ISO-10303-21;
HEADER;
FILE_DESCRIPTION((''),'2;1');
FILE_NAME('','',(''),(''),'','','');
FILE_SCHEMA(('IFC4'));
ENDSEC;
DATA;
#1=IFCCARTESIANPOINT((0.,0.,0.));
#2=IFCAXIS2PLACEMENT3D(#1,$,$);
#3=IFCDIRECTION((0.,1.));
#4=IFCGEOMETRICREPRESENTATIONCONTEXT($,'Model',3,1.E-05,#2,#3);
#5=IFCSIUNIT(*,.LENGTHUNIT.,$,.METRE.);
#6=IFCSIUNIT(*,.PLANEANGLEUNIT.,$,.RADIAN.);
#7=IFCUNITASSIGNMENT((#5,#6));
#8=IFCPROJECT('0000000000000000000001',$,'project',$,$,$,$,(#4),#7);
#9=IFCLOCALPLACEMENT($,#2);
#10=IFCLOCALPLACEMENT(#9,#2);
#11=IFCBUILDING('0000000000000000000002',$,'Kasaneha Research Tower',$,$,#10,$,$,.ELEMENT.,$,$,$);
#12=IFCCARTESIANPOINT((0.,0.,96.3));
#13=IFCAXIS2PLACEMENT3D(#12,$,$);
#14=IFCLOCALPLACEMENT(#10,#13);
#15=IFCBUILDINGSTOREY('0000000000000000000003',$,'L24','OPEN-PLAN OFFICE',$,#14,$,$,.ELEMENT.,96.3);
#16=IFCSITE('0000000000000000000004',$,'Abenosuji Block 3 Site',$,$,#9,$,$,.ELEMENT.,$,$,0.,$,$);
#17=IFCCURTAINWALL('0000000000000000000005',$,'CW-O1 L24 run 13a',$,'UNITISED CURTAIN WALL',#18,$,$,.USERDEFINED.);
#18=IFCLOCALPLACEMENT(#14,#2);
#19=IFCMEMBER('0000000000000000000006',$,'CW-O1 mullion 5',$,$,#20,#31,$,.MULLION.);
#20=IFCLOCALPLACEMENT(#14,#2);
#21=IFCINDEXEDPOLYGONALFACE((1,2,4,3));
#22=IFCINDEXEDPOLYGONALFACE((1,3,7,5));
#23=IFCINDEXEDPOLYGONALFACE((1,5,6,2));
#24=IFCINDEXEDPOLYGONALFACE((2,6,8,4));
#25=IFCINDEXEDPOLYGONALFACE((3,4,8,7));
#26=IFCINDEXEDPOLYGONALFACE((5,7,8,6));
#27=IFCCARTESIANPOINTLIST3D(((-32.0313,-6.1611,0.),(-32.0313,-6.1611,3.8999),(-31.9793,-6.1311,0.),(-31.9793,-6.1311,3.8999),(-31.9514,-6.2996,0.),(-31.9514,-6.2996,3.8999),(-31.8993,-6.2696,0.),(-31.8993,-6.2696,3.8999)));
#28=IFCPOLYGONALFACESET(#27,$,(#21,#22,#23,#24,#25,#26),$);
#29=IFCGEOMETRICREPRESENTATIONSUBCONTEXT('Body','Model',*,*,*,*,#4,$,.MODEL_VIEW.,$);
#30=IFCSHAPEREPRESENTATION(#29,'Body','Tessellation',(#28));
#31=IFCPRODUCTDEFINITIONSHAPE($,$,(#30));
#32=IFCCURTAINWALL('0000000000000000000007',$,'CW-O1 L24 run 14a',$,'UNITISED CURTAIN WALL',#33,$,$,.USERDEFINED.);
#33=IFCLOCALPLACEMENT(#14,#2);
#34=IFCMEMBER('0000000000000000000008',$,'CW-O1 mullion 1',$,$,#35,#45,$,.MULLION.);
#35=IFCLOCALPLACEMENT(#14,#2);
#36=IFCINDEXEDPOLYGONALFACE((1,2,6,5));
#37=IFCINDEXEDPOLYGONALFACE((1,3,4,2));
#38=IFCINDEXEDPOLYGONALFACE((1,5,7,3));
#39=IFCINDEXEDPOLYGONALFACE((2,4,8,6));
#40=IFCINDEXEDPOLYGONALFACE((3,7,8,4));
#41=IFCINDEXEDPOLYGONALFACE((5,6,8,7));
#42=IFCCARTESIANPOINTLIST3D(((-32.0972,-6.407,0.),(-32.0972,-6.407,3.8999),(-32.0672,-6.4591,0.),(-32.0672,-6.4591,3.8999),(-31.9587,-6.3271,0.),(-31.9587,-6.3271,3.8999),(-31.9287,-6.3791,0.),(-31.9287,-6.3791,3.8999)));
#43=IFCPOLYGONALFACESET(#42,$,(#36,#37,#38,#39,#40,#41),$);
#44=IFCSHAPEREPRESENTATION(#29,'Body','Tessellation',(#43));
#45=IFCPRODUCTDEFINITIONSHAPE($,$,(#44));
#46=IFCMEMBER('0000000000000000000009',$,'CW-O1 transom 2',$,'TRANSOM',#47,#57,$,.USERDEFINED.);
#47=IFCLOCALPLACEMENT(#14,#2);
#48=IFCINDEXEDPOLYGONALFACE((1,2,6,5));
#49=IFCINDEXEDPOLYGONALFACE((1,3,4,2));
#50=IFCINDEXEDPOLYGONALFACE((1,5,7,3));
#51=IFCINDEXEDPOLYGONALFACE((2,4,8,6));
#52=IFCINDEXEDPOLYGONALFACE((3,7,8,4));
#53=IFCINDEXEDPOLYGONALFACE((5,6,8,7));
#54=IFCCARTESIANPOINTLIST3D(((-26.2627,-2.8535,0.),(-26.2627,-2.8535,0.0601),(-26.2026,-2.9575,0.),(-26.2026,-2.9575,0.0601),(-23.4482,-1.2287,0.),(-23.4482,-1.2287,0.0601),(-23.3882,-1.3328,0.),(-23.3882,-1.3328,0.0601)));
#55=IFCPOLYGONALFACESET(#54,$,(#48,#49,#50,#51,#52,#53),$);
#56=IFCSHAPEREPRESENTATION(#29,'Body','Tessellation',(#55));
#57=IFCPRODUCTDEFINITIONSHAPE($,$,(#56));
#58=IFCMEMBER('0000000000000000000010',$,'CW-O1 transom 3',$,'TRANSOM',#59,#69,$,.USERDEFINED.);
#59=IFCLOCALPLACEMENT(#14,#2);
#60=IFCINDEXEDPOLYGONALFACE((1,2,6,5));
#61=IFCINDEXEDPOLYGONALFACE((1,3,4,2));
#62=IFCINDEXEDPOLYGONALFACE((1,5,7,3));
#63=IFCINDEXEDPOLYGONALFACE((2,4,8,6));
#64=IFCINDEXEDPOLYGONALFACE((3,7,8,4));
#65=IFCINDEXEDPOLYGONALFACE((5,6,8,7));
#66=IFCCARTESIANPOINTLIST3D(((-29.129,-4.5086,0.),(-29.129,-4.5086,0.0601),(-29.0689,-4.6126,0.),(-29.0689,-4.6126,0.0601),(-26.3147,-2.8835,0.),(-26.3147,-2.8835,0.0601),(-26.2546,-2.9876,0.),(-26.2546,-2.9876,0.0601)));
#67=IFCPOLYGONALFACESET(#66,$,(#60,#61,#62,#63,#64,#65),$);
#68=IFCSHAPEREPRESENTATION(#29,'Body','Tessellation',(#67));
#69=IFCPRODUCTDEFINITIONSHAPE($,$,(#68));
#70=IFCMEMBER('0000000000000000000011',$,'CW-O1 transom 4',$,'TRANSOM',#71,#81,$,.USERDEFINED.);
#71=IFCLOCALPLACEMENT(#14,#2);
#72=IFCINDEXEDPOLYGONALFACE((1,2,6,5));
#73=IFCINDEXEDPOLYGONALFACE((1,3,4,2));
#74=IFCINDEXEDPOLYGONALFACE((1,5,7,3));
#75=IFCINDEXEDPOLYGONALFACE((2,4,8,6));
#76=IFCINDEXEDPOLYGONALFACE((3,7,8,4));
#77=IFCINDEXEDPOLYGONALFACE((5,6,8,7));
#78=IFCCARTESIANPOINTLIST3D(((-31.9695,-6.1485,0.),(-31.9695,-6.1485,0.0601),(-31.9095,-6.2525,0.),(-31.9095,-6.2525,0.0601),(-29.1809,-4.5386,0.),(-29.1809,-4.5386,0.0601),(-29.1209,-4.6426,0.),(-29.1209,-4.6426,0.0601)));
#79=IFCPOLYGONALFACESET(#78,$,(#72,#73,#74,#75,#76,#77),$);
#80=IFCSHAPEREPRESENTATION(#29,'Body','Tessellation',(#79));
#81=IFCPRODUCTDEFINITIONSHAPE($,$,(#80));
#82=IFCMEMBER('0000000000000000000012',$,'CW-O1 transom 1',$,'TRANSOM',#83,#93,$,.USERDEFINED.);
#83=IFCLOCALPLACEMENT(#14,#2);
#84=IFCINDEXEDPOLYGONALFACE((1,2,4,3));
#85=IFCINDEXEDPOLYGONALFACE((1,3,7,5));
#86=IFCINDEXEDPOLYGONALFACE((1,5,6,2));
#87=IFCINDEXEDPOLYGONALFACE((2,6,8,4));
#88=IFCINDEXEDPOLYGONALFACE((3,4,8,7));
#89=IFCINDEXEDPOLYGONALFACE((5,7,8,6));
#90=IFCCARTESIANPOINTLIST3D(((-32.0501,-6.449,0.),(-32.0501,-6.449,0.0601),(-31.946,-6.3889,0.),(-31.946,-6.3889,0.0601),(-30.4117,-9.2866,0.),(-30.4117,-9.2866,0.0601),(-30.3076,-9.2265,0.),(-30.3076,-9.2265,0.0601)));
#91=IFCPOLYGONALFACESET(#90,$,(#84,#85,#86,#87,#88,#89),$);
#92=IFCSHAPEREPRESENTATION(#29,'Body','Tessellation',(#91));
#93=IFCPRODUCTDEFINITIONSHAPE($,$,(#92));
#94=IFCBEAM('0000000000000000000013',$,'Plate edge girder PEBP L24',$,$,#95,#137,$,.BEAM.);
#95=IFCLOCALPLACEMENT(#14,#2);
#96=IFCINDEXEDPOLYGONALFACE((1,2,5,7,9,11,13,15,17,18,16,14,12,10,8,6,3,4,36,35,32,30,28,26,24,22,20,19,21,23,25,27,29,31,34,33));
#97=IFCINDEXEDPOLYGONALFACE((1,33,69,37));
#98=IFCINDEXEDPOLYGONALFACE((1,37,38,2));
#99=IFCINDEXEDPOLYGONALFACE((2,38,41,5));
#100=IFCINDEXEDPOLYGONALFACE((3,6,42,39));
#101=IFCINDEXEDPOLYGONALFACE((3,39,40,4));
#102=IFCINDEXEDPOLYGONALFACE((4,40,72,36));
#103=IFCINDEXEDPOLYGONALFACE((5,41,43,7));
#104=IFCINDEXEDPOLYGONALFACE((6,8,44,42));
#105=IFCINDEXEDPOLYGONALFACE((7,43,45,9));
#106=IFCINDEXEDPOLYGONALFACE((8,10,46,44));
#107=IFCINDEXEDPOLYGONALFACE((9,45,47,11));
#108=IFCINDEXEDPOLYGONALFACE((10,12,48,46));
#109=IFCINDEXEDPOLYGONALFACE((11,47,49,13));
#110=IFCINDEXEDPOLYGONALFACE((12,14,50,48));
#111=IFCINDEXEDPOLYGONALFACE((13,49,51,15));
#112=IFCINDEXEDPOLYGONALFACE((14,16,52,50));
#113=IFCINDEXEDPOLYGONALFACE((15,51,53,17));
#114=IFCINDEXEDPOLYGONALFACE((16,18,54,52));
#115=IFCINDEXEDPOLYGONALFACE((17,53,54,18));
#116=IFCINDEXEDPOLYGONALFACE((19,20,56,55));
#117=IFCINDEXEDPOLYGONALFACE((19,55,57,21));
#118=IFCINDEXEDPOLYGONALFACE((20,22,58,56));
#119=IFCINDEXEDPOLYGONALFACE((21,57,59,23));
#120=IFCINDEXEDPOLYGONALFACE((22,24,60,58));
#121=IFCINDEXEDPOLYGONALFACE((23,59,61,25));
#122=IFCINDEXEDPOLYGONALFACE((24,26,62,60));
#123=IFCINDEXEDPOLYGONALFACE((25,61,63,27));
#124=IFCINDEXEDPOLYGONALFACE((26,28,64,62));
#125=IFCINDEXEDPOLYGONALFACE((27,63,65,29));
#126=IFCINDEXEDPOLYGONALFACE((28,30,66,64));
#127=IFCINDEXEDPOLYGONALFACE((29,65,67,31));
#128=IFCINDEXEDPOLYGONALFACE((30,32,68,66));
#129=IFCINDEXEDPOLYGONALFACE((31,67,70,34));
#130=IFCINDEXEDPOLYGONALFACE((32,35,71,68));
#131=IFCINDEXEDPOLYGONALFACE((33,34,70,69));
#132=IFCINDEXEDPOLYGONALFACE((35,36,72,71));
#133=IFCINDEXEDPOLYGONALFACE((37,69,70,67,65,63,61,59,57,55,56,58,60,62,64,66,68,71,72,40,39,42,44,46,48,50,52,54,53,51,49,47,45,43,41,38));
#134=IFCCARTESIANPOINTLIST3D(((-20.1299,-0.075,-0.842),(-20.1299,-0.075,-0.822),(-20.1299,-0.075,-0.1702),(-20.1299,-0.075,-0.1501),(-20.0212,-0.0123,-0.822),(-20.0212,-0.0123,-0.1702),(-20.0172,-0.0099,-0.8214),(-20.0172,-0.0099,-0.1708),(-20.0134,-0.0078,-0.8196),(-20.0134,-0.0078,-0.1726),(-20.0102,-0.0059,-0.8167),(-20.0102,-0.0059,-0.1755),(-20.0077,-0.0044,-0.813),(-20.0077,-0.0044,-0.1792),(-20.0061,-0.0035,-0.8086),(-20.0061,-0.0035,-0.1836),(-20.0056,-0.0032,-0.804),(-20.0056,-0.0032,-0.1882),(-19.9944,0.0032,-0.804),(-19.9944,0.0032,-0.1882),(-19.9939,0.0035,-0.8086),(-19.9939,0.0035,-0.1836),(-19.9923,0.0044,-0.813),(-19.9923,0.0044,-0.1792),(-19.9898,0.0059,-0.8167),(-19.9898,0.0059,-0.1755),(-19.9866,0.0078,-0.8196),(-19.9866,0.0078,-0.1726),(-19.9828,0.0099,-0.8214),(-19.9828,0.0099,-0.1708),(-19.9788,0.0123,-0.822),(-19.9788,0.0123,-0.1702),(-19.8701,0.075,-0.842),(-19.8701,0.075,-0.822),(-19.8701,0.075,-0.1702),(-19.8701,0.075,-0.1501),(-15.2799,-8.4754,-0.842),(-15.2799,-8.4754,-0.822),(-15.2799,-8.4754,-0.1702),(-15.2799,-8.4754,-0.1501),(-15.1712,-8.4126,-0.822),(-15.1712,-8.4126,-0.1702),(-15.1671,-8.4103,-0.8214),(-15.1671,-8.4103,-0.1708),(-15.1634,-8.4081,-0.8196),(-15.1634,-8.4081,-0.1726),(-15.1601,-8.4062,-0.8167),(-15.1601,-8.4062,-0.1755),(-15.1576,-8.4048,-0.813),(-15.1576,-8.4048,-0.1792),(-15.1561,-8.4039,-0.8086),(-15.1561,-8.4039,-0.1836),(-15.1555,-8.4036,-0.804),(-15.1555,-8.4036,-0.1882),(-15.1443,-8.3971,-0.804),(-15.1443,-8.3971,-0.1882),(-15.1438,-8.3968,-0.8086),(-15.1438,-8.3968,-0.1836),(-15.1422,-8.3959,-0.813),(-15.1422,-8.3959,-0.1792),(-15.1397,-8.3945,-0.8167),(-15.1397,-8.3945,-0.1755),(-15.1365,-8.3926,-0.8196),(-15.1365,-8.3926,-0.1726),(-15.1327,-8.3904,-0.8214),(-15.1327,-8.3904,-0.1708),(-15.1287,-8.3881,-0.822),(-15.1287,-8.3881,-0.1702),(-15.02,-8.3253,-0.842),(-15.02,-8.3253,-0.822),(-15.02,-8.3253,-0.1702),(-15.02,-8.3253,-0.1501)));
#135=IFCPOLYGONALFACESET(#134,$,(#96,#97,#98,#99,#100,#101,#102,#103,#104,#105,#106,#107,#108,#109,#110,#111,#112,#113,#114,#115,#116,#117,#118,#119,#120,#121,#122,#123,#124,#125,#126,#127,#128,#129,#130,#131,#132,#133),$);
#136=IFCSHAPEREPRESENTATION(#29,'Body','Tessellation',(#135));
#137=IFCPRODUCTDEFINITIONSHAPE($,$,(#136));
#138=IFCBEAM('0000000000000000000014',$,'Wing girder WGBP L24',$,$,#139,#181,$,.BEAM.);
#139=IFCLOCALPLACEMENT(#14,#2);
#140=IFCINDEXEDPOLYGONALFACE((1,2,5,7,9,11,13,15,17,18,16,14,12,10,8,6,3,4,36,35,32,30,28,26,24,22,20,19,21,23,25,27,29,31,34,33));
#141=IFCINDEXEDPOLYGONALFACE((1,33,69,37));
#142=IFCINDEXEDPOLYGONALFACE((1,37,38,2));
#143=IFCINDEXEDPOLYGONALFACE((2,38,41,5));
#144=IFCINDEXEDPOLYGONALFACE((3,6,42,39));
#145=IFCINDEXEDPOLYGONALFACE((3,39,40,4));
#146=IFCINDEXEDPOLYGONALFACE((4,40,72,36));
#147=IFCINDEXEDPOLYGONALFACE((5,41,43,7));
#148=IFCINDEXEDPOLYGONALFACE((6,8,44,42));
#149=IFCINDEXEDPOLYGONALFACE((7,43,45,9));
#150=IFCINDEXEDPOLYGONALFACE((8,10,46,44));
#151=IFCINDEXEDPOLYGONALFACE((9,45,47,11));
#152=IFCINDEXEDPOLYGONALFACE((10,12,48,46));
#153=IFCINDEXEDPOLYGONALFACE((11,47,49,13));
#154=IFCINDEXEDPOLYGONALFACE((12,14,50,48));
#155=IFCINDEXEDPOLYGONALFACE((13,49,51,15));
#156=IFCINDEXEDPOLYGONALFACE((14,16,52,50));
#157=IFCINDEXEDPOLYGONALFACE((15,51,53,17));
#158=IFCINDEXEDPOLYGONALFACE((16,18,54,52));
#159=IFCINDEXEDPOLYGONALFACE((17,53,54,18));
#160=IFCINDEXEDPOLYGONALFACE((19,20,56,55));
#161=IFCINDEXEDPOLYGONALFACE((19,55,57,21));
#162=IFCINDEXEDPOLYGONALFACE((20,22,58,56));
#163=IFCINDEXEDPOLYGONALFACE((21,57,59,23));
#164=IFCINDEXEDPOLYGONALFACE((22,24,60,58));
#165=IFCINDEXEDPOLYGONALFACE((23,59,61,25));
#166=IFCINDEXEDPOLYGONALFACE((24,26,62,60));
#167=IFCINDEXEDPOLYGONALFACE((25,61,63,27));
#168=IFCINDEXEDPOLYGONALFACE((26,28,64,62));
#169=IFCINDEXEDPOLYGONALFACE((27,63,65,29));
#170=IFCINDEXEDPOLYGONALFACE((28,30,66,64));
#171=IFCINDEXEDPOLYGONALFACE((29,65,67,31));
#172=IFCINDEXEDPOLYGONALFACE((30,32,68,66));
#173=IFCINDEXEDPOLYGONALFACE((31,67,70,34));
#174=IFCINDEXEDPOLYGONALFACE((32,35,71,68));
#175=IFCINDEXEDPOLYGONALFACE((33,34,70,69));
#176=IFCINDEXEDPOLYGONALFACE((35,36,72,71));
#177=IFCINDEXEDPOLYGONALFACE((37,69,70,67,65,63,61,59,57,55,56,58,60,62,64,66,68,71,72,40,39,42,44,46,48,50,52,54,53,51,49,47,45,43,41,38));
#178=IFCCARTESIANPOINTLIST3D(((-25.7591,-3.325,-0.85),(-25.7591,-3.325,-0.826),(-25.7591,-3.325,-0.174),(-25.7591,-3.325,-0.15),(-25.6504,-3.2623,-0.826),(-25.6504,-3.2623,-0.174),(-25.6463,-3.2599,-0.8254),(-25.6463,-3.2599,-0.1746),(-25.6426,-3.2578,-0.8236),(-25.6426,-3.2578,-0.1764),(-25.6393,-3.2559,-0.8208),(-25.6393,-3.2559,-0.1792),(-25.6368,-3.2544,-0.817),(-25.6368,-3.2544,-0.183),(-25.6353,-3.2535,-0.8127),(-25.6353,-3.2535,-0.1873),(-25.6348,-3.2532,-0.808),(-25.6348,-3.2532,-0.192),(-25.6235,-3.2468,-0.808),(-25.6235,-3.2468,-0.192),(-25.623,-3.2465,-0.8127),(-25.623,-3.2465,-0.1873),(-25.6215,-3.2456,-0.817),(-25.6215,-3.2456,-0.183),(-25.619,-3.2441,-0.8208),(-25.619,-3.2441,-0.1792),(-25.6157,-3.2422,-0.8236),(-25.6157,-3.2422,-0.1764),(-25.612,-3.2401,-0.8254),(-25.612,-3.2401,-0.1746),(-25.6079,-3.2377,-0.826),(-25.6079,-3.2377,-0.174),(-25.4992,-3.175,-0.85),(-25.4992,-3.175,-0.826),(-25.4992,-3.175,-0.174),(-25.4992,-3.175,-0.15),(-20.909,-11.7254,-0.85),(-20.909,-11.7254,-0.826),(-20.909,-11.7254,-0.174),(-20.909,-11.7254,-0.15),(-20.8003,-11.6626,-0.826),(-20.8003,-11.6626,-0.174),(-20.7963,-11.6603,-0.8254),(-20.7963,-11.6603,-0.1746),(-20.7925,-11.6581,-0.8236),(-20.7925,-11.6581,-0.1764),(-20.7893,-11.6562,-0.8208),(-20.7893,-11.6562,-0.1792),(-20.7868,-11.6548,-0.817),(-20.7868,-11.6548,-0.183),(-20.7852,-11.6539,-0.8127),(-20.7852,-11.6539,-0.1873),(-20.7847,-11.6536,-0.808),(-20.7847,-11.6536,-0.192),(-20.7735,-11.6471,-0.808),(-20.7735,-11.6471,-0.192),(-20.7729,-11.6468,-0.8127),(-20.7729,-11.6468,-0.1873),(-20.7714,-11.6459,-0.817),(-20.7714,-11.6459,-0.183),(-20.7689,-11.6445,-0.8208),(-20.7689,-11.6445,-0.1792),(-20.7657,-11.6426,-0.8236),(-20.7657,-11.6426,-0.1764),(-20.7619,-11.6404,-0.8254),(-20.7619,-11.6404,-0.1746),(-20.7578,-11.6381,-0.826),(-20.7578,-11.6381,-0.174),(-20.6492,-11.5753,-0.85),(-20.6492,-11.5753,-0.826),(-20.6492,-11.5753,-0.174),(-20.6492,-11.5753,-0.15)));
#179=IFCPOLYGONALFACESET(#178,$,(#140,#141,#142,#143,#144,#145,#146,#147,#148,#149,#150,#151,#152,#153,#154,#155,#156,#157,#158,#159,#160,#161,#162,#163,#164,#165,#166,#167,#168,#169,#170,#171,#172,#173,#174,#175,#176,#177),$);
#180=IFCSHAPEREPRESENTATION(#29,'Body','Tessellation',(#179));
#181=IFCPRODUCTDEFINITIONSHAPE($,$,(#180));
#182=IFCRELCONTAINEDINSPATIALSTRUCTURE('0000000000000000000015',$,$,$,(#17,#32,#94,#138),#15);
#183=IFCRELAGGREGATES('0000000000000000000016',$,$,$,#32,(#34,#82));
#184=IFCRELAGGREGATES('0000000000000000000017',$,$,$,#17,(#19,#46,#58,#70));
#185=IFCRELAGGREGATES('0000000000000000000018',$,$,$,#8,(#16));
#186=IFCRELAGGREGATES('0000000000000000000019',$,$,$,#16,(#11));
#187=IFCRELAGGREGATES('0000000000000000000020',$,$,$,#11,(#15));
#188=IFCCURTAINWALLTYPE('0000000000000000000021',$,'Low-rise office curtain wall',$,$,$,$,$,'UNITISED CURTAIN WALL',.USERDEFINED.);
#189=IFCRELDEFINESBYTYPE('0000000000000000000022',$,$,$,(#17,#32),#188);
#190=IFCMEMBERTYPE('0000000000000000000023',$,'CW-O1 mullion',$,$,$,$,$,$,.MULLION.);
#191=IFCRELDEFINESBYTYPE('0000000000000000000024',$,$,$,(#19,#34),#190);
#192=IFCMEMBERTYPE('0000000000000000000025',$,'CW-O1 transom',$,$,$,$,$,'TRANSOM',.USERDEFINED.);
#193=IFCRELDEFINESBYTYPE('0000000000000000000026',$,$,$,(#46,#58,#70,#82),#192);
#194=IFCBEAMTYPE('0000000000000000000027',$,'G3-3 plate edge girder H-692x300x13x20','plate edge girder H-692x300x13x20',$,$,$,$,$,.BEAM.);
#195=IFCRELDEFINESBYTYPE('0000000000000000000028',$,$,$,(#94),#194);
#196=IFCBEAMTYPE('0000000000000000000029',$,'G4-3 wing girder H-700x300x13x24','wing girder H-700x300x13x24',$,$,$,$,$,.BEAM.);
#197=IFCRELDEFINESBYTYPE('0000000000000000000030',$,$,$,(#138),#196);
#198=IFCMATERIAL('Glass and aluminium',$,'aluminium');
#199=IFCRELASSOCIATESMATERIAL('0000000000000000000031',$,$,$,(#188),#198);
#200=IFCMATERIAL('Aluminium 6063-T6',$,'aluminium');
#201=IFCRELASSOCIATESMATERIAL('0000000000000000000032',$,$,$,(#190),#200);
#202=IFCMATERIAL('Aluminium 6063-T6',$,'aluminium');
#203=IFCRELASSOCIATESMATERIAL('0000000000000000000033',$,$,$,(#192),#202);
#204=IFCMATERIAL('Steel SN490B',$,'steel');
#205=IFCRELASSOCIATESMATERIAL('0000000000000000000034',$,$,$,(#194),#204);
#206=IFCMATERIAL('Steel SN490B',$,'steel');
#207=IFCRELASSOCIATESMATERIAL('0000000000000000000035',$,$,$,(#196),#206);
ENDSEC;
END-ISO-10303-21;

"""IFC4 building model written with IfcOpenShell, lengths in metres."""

from ifc_helpers import new_model, si_unit, direction, frame, origin, origin_2d, place, context, subcontext, project, spatial, rectangle, i_section, extrude, material, material_profile, profile_set, type_object, element, aggregate, save


model = new_model("IFC4")

# Units and contexts
model_context = context("Model", 3, precision=1e-05, world=origin(), true_north=direction((0.0, 1.0)))
body_context = subcontext(model_context, "Body", "Model", "MODEL_VIEW")
ifc_project = project(units=[si_unit("LENGTHUNIT", "METRE"), si_unit("PLANEANGLEUNIT", "RADIAN")], contexts=[model_context])

# Site, building, storey
site_placement = place(None, origin())
site = spatial("IfcSite", under=ifc_project, at=site_placement, Name="Abenosuji Block 3 Site", CompositionType="ELEMENT", RefElevation=0.0)
building_placement = place(site_placement, origin())
building = spatial("IfcBuilding", under=site, at=building_placement, Name="Kasaneha Research Tower", CompositionType="ELEMENT")
storey_placement = place(building_placement, frame((0.0, 0.0, 96.3)))
storey = spatial("IfcBuildingStorey", under=building, at=storey_placement, Name="L24", Description="OPEN-PLAN OFFICE", CompositionType="ELEMENT", Elevation=96.3)

# Curtain wall, member
ifc_material_1 = material(Name="Glass and aluminium", Category="aluminium")
curtain_wall_type = type_object("IfcCurtainWallType", Name="Low-rise office curtain wall", ElementType="UNITISED CURTAIN WALL", PredefinedType="USERDEFINED", material=ifc_material_1)
curtain_wall_1_placement = place(storey_placement, origin())
curtain_wall_1 = element("IfcCurtainWall", 1, at=curtain_wall_1_placement, inside=storey, type_object=curtain_wall_type, Name="CW-O1 L24 run 13a", ObjectType="UNITISED CURTAIN WALL", PredefinedType="USERDEFINED")
ifc_material_2 = material(Name="Aluminium 6063-T6", Category="aluminium")
ifc_material_profile_1 = material_profile(ifc_material_2, rectangle(XDim=0.0601, YDim=0.1599, at=origin_2d()), Name="CW-O1 mullion 60x160")
ifc_profile_set_1 = profile_set([ifc_material_profile_1], Name="Aluminium 6063-T6")
member_type_1 = type_object("IfcMemberType", Name="CW-O1 mullion", PredefinedType="MULLION", material=ifc_profile_set_1)
member_1_placement = place(storey_placement, frame((-31.9653, -6.2153, 0.0), z_axis=(0.0, 0.0, 1.0), x_axis=(-0.866025, -0.5, 0.0)))
member_1 = element("IfcMember", 2, at=member_1_placement, type_object=member_type_1, Name="CW-O1 mullion 5", PredefinedType="MULLION", context=body_context, shape_type="SweptSolid", body=[
    extrude(rectangle(XDim=0.0601, YDim=0.1599, at=origin_2d()), origin(), (0.0, 0.0, 1.0), 3.8999),
])

# Curtain wall, member
curtain_wall_2_placement = place(storey_placement, origin())
curtain_wall_2 = element("IfcCurtainWall", 3, at=curtain_wall_2_placement, inside=storey, type_object=curtain_wall_type, Name="CW-O1 L24 run 14a", ObjectType="UNITISED CURTAIN WALL", PredefinedType="USERDEFINED")
member_2_placement = place(storey_placement, frame((-32.0129, -6.3931, 0.0), z_axis=(0.0, 0.0, 1.0), x_axis=(0.5, -0.866025, 0.0)))
member_2 = element("IfcMember", 4, at=member_2_placement, type_object=member_type_1, Name="CW-O1 mullion 1", PredefinedType="MULLION", context=body_context, shape_type="SweptSolid", body=[
    extrude(rectangle(XDim=0.0601, YDim=0.1599, at=origin_2d()), origin(), (0.0, 0.0, 1.0), 3.8999),
])

# Members
ifc_material_3 = material(Name="Aluminium 6063-T6", Category="aluminium")
ifc_material_profile_2 = material_profile(ifc_material_3, rectangle(XDim=0.1201, YDim=0.0601, at=origin_2d()), Name="CW-O1 transom 120x60")
ifc_profile_set_2 = profile_set([ifc_material_profile_2], Name="Aluminium 6063-T6")
member_type_2 = type_object("IfcMemberType", Name="CW-O1 transom", ElementType="TRANSOM", PredefinedType="USERDEFINED", material=ifc_profile_set_2)
member_3_placement = place(storey_placement, frame((-23.4182, -1.2808, 0.03), z_axis=(-0.866048, -0.499961, 0.0), x_axis=(0.499961, -0.866048, 0.0)))
member_3 = element("IfcMember", 5, at=member_3_placement, type_object=member_type_2, Name="CW-O1 transom 2", ObjectType="TRANSOM", PredefinedType="USERDEFINED", context=body_context, shape_type="SweptSolid", body=[
    extrude(rectangle(XDim=0.1201, YDim=0.0601, at=origin_2d()), origin(), (0.0, 0.0, 1.0), 3.2498),
])
member_4_placement = place(storey_placement, frame((-26.2847, -2.9355, 0.03), z_axis=(-0.865997, -0.50005, 0.0), x_axis=(0.50005, -0.865997, 0.0)))
member_4 = element("IfcMember", 6, at=member_4_placement, type_object=member_type_2, Name="CW-O1 transom 3", ObjectType="TRANSOM", PredefinedType="USERDEFINED", context=body_context, shape_type="SweptSolid", body=[
    extrude(rectangle(XDim=0.1201, YDim=0.0601, at=origin_2d()), origin(), (0.0, 0.0, 1.0), 3.2498),
])
member_5_placement = place(storey_placement, frame((-29.1509, -4.5906, 0.03), z_axis=(-0.866042, -0.499972, 0.0), x_axis=(0.499972, -0.866042, 0.0)))
member_5 = element("IfcMember", 7, at=member_5_placement, type_object=member_type_2, Name="CW-O1 transom 4", ObjectType="TRANSOM", PredefinedType="USERDEFINED", context=body_context, shape_type="SweptSolid", body=[
    extrude(rectangle(XDim=0.1201, YDim=0.0601, at=origin_2d()), origin(), (0.0, 0.0, 1.0), 3.22),
])
member_6_placement = place(storey_placement, frame((-31.998, -6.4189, 0.03), z_axis=(0.500026, -0.866011, 0.0), x_axis=(0.866011, 0.500026, 0.0)))
member_6 = element("IfcMember", 8, at=member_6_placement, type_object=member_type_2, Name="CW-O1 transom 1", ObjectType="TRANSOM", PredefinedType="USERDEFINED", context=body_context, shape_type="SweptSolid", body=[
    extrude(rectangle(XDim=0.1201, YDim=0.0601, at=origin_2d()), origin(), (0.0, 0.0, 1.0), 3.2766),
])
aggregate(curtain_wall_2, [member_2, member_6])

# Beams
ifc_material_4 = material(Name="Steel SN490B", Category="steel")
ifc_material_profile_3 = material_profile(ifc_material_4, i_section(OverallWidth=0.3, OverallDepth=0.6919, WebThickness=0.0129, FlangeThickness=0.02, FilletRadius=0.0181, at=origin_2d()), Name="H-692x300x13x20")
ifc_profile_set_3 = profile_set([ifc_material_profile_3], Name="Steel SN490B")
beam_type_1 = type_object("IfcBeamType", Name="G3-3 plate edge girder H-692x300x13x20", Description="plate edge girder H-692x300x13x20", PredefinedType="BEAM", material=ifc_profile_set_3)
beam_1_placement = place(storey_placement, frame((-20.0, 0.0, -0.4961), z_axis=(0.50001, -0.86602, 0.0), x_axis=(0.86602, 0.50001, 0.0)))
element("IfcBeam", 9, at=beam_1_placement, inside=storey, type_object=beam_type_1, Name="Plate edge girder PEBP L24", PredefinedType="BEAM", context=body_context, shape_type="SweptSolid", body=[
    extrude(i_section(OverallWidth=0.3, OverallDepth=0.6919, WebThickness=0.0129, FlangeThickness=0.02, FilletRadius=0.0181, at=origin_2d()), origin(), (0.0, 0.0, 1.0), 9.7),
])
ifc_material_5 = material(Name="Steel SN490B", Category="steel")
ifc_material_profile_4 = material_profile(ifc_material_5, i_section(OverallWidth=0.3, OverallDepth=0.7, WebThickness=0.0129, FlangeThickness=0.0239, FilletRadius=0.0181, at=origin_2d()), Name="H-700x300x13x24")
ifc_profile_set_4 = profile_set([ifc_material_profile_4], Name="Steel SN490B")
beam_type_2 = type_object("IfcBeamType", Name="G4-3 wing girder H-700x300x13x24", Description="wing girder H-700x300x13x24", PredefinedType="BEAM", material=ifc_profile_set_4)
beam_2_placement = place(storey_placement, frame((-25.6292, -3.25, -0.5), z_axis=(0.50001, -0.86602, 0.0), x_axis=(0.86602, 0.50001, 0.0)))
element("IfcBeam", 10, at=beam_2_placement, inside=storey, type_object=beam_type_2, Name="Wing girder WGBP L24", PredefinedType="BEAM", context=body_context, shape_type="SweptSolid", body=[
    extrude(i_section(OverallWidth=0.3, OverallDepth=0.7, WebThickness=0.0129, FlangeThickness=0.0239, FilletRadius=0.0181, at=origin_2d()), origin(), (0.0, 0.0, 1.0), 9.7),
])

aggregate(curtain_wall_1, [member_1, member_3, member_4, member_5])

save(model, "model.ifc")
